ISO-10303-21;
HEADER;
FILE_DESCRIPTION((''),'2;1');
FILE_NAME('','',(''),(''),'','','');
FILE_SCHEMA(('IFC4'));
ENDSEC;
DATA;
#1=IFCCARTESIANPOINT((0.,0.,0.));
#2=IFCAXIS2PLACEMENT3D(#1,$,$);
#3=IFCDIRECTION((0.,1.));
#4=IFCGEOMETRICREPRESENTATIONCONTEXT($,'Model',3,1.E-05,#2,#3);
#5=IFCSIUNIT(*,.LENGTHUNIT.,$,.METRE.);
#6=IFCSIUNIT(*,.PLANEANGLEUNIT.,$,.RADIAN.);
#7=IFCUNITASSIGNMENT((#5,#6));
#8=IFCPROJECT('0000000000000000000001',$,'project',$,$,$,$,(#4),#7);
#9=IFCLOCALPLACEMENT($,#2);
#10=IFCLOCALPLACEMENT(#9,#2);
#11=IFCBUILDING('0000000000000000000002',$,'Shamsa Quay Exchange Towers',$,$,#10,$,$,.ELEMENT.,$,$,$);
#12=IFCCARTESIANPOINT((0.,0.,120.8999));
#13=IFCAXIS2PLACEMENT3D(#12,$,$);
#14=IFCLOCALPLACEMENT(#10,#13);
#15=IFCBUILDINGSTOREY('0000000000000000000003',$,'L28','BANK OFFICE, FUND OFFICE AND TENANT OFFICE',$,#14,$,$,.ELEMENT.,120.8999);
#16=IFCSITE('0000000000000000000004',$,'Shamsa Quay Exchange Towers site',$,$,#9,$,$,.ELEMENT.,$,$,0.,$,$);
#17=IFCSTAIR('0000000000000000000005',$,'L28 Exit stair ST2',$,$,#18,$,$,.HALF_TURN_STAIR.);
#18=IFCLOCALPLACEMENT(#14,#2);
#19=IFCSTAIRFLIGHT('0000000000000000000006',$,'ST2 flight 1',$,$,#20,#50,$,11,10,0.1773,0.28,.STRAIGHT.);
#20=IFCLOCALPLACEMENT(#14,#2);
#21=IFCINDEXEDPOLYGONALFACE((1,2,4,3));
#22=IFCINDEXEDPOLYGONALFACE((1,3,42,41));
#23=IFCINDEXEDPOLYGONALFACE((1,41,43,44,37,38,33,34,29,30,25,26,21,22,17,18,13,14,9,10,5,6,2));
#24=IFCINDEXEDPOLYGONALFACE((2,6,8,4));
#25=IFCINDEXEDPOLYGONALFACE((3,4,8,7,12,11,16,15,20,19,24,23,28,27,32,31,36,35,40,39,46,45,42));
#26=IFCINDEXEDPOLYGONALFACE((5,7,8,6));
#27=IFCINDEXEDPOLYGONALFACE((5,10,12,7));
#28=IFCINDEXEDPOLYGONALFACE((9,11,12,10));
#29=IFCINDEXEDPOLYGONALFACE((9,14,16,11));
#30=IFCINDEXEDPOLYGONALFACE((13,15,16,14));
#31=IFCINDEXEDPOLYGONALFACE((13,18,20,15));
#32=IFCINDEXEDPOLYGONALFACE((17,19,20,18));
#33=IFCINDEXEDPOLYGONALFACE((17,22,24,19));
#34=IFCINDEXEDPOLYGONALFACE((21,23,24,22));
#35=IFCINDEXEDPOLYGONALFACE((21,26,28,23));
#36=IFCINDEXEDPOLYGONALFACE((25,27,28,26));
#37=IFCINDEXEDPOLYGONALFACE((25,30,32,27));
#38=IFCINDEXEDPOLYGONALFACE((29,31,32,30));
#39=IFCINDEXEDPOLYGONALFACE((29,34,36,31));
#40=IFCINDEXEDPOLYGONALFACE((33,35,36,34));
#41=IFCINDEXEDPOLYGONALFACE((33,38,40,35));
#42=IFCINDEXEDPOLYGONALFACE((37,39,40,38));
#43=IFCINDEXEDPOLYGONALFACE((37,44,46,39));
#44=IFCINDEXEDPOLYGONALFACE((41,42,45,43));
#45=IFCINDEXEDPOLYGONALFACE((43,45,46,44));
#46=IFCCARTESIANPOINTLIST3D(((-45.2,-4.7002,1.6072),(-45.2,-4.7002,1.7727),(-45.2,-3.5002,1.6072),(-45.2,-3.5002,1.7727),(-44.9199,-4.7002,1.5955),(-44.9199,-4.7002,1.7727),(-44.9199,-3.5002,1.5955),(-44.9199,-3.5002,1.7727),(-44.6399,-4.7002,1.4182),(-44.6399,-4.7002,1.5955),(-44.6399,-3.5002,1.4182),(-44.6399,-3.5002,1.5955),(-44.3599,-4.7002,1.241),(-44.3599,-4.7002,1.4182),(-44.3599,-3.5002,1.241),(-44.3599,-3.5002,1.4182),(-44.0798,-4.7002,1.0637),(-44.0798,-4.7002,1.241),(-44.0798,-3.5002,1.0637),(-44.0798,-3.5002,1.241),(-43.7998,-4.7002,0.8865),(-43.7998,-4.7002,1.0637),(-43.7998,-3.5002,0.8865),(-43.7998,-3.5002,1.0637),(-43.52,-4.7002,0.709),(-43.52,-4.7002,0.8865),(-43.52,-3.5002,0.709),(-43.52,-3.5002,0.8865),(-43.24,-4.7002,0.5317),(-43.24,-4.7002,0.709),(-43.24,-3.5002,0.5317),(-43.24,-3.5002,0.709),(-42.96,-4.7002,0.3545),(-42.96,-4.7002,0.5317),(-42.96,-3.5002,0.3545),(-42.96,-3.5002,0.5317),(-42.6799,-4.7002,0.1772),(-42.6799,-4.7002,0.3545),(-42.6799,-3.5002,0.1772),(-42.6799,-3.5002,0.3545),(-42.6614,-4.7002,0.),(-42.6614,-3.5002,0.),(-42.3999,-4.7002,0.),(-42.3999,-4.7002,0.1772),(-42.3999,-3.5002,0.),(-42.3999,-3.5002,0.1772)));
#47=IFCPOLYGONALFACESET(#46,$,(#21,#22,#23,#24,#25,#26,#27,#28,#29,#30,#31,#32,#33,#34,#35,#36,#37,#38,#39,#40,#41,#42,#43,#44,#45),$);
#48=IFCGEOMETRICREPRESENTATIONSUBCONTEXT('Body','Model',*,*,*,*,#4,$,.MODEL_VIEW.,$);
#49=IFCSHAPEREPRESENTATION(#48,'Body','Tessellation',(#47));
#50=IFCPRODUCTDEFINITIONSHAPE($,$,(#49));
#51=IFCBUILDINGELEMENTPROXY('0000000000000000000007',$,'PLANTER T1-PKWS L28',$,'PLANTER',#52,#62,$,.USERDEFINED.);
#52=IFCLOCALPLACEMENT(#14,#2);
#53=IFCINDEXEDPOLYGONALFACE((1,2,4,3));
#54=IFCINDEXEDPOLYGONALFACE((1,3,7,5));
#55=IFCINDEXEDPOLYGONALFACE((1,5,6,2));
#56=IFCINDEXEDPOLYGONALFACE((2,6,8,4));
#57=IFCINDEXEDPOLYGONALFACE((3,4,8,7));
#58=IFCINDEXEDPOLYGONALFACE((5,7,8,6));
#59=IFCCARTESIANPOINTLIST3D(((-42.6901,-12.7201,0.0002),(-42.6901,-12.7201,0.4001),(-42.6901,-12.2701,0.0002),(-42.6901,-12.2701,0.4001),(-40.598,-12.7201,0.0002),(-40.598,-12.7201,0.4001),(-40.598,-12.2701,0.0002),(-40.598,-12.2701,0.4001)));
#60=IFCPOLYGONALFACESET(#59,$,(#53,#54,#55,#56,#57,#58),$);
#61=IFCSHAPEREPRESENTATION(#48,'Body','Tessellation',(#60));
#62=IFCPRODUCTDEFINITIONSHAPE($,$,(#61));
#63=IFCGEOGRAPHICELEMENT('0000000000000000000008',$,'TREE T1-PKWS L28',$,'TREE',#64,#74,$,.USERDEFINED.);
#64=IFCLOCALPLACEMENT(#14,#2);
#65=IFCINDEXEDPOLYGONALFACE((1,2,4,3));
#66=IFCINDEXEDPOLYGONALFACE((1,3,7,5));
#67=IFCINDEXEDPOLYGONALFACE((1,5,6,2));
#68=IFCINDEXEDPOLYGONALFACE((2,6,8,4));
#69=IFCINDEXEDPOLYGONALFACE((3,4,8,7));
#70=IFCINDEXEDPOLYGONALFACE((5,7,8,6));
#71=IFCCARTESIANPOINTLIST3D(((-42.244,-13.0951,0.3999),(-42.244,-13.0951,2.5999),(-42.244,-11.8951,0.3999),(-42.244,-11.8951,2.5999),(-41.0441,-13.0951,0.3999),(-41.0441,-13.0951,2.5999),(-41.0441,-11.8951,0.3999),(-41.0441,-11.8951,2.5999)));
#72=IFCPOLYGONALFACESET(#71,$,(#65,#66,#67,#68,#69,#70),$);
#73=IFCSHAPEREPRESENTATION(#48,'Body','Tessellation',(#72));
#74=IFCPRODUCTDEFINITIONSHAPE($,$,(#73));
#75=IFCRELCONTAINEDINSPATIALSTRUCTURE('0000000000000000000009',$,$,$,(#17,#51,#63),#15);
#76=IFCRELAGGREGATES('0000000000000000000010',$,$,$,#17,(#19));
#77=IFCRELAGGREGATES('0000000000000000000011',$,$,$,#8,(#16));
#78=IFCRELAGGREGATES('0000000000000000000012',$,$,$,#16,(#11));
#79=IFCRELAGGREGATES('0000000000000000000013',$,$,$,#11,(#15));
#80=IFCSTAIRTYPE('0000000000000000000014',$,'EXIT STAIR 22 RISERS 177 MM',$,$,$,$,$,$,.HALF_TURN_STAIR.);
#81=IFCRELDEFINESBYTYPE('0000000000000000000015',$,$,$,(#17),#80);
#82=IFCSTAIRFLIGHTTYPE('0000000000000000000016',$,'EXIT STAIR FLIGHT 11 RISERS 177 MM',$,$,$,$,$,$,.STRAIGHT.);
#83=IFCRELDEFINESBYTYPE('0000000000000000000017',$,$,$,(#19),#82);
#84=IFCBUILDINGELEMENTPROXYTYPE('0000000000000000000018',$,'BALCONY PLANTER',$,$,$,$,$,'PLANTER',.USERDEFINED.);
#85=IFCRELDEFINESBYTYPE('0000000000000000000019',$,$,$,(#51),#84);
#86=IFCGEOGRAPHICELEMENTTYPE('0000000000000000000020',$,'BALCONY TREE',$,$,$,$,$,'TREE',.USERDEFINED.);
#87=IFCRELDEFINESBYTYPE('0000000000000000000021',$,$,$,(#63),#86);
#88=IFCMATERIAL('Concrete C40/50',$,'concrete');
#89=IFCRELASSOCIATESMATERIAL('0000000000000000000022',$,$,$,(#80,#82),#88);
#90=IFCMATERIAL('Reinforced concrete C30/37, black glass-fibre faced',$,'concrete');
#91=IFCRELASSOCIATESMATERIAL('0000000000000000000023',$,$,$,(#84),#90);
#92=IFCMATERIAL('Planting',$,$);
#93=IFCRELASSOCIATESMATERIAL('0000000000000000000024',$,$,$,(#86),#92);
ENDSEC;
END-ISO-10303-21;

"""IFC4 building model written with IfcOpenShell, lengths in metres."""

from ifc_helpers import new_model, si_unit, direction, frame, origin, origin_2d, place, context, subcontext, project, spatial, polyline, rectangle, outline, extrude, material, type_object, element, aggregate, save


model = new_model("IFC4")

# Units and contexts
model_context = context("Model", 3, precision=1e-05, world=origin(), true_north=direction((0.0, 1.0)))
body_context = subcontext(model_context, "Body", "Model", "MODEL_VIEW")
ifc_project = project(units=[si_unit("LENGTHUNIT", "METRE"), si_unit("PLANEANGLEUNIT", "RADIAN")], contexts=[model_context])

# Site, building, storey
site_placement = place(None, origin())
site = spatial("IfcSite", under=ifc_project, at=site_placement, Name="Shamsa Quay Exchange Towers site", CompositionType="ELEMENT", RefElevation=0.0)
building_placement = place(site_placement, origin())
building = spatial("IfcBuilding", under=site, at=building_placement, Name="Shamsa Quay Exchange Towers", CompositionType="ELEMENT")
storey_placement = place(building_placement, frame((0.0, 0.0, 120.8999)))
storey = spatial("IfcBuildingStorey", under=building, at=storey_placement, Name="L28", Description="BANK OFFICE, FUND OFFICE AND TENANT OFFICE", CompositionType="ELEMENT", Elevation=120.8999)

# Stair, stair flight
ifc_material_1 = material(Name="Concrete C40/50", Category="concrete")
stair_type = type_object("IfcStairType", Name="EXIT STAIR 22 RISERS 177 MM", PredefinedType="HALF_TURN_STAIR", material=ifc_material_1)
stair_placement = place(storey_placement, origin())
stair = element("IfcStair", 1, at=stair_placement, inside=storey, type_object=stair_type, Name="L28 Exit stair ST2", PredefinedType="HALF_TURN_STAIR")
stair_flight_type = type_object("IfcStairFlightType", Name="EXIT STAIR FLIGHT 11 RISERS 177 MM", PredefinedType="STRAIGHT", material=ifc_material_1)
stair_flight_placement = place(storey_placement, frame((-42.3999, -4.1001, 0.0), z_axis=(0.0, 0.0, 1.0), x_axis=(-1.0, 0.0, 0.0)))
stair_flight = element("IfcStairFlight", 2, at=stair_flight_placement, type_object=stair_flight_type, Name="ST2 flight 1", NumberOfRisers=11, NumberOfTreads=10, PredefinedType="STRAIGHT", RiserHeight=0.1773, TreadLength=0.28, context=body_context, shape_type="SweptSolid", body=[
    extrude(outline(polyline([(0.0, 0.0), (0.0, 0.1772), (0.28, 0.1772), (0.28, 0.3545), (0.5601, 0.3545), (0.5601, 0.5317), (0.8401, 0.5317), (0.8401, 0.709), (1.1201, 0.709), (1.1201, 0.8865), (1.3999, 0.8865), (1.3999, 1.0637), (1.6799, 1.0637), (1.6799, 1.241), (1.96, 1.241), (1.96, 1.4182), (2.24, 1.4182), (2.24, 1.5955), (2.52, 1.5955), (2.52, 1.7727), (2.8, 1.7727), (2.8, 1.95), (2.8, 1.6072), (0.2615, 0.0), (0.0, 0.0)])), frame((0.0, 0.6001, 0.0), z_axis=(0.0, -1.0, 0.0), x_axis=(1.0, 0.0, 0.0)), (0.0, 0.0, 1.0), 1.2),
])
aggregate(stair, [stair_flight])

# Building element proxy
ifc_material_2 = material(Name="Reinforced concrete C30/37, black glass-fibre faced", Category="concrete")
building_element_proxy_type = type_object("IfcBuildingElementProxyType", Name="BALCONY PLANTER", ElementType="PLANTER", PredefinedType="USERDEFINED", material=ifc_material_2)
proxy_placement = place(storey_placement, frame((-41.644, -12.4951, 0.0002)))
element("IfcBuildingElementProxy", 3, at=proxy_placement, inside=storey, type_object=building_element_proxy_type, Name="PLANTER T1-PKWS L28", ObjectType="PLANTER", PredefinedType="USERDEFINED", context=body_context, shape_type="SweptSolid", body=[
    extrude(rectangle(XDim=2.092, YDim=0.45, at=origin_2d()), origin(), (0.0, 0.0, 1.0), 0.3999),
])

# Geographic element
ifc_material_3 = material(Name="Planting")
geographic_element_type = type_object("IfcGeographicElementType", Name="BALCONY TREE", ElementType="TREE", PredefinedType="USERDEFINED", material=ifc_material_3)
geographic_element_placement = place(storey_placement, frame((-41.644, -12.4951, 0.3999)))
element("IfcGeographicElement", 4, at=geographic_element_placement, inside=storey, type_object=geographic_element_type, Name="TREE T1-PKWS L28", ObjectType="TREE", PredefinedType="USERDEFINED", context=body_context, shape_type="SweptSolid", body=[
    extrude(rectangle(XDim=1.2, YDim=1.2, at=origin_2d()), origin(), (0.0, 0.0, 1.0), 2.2),
])

save(model, "model.ifc")
